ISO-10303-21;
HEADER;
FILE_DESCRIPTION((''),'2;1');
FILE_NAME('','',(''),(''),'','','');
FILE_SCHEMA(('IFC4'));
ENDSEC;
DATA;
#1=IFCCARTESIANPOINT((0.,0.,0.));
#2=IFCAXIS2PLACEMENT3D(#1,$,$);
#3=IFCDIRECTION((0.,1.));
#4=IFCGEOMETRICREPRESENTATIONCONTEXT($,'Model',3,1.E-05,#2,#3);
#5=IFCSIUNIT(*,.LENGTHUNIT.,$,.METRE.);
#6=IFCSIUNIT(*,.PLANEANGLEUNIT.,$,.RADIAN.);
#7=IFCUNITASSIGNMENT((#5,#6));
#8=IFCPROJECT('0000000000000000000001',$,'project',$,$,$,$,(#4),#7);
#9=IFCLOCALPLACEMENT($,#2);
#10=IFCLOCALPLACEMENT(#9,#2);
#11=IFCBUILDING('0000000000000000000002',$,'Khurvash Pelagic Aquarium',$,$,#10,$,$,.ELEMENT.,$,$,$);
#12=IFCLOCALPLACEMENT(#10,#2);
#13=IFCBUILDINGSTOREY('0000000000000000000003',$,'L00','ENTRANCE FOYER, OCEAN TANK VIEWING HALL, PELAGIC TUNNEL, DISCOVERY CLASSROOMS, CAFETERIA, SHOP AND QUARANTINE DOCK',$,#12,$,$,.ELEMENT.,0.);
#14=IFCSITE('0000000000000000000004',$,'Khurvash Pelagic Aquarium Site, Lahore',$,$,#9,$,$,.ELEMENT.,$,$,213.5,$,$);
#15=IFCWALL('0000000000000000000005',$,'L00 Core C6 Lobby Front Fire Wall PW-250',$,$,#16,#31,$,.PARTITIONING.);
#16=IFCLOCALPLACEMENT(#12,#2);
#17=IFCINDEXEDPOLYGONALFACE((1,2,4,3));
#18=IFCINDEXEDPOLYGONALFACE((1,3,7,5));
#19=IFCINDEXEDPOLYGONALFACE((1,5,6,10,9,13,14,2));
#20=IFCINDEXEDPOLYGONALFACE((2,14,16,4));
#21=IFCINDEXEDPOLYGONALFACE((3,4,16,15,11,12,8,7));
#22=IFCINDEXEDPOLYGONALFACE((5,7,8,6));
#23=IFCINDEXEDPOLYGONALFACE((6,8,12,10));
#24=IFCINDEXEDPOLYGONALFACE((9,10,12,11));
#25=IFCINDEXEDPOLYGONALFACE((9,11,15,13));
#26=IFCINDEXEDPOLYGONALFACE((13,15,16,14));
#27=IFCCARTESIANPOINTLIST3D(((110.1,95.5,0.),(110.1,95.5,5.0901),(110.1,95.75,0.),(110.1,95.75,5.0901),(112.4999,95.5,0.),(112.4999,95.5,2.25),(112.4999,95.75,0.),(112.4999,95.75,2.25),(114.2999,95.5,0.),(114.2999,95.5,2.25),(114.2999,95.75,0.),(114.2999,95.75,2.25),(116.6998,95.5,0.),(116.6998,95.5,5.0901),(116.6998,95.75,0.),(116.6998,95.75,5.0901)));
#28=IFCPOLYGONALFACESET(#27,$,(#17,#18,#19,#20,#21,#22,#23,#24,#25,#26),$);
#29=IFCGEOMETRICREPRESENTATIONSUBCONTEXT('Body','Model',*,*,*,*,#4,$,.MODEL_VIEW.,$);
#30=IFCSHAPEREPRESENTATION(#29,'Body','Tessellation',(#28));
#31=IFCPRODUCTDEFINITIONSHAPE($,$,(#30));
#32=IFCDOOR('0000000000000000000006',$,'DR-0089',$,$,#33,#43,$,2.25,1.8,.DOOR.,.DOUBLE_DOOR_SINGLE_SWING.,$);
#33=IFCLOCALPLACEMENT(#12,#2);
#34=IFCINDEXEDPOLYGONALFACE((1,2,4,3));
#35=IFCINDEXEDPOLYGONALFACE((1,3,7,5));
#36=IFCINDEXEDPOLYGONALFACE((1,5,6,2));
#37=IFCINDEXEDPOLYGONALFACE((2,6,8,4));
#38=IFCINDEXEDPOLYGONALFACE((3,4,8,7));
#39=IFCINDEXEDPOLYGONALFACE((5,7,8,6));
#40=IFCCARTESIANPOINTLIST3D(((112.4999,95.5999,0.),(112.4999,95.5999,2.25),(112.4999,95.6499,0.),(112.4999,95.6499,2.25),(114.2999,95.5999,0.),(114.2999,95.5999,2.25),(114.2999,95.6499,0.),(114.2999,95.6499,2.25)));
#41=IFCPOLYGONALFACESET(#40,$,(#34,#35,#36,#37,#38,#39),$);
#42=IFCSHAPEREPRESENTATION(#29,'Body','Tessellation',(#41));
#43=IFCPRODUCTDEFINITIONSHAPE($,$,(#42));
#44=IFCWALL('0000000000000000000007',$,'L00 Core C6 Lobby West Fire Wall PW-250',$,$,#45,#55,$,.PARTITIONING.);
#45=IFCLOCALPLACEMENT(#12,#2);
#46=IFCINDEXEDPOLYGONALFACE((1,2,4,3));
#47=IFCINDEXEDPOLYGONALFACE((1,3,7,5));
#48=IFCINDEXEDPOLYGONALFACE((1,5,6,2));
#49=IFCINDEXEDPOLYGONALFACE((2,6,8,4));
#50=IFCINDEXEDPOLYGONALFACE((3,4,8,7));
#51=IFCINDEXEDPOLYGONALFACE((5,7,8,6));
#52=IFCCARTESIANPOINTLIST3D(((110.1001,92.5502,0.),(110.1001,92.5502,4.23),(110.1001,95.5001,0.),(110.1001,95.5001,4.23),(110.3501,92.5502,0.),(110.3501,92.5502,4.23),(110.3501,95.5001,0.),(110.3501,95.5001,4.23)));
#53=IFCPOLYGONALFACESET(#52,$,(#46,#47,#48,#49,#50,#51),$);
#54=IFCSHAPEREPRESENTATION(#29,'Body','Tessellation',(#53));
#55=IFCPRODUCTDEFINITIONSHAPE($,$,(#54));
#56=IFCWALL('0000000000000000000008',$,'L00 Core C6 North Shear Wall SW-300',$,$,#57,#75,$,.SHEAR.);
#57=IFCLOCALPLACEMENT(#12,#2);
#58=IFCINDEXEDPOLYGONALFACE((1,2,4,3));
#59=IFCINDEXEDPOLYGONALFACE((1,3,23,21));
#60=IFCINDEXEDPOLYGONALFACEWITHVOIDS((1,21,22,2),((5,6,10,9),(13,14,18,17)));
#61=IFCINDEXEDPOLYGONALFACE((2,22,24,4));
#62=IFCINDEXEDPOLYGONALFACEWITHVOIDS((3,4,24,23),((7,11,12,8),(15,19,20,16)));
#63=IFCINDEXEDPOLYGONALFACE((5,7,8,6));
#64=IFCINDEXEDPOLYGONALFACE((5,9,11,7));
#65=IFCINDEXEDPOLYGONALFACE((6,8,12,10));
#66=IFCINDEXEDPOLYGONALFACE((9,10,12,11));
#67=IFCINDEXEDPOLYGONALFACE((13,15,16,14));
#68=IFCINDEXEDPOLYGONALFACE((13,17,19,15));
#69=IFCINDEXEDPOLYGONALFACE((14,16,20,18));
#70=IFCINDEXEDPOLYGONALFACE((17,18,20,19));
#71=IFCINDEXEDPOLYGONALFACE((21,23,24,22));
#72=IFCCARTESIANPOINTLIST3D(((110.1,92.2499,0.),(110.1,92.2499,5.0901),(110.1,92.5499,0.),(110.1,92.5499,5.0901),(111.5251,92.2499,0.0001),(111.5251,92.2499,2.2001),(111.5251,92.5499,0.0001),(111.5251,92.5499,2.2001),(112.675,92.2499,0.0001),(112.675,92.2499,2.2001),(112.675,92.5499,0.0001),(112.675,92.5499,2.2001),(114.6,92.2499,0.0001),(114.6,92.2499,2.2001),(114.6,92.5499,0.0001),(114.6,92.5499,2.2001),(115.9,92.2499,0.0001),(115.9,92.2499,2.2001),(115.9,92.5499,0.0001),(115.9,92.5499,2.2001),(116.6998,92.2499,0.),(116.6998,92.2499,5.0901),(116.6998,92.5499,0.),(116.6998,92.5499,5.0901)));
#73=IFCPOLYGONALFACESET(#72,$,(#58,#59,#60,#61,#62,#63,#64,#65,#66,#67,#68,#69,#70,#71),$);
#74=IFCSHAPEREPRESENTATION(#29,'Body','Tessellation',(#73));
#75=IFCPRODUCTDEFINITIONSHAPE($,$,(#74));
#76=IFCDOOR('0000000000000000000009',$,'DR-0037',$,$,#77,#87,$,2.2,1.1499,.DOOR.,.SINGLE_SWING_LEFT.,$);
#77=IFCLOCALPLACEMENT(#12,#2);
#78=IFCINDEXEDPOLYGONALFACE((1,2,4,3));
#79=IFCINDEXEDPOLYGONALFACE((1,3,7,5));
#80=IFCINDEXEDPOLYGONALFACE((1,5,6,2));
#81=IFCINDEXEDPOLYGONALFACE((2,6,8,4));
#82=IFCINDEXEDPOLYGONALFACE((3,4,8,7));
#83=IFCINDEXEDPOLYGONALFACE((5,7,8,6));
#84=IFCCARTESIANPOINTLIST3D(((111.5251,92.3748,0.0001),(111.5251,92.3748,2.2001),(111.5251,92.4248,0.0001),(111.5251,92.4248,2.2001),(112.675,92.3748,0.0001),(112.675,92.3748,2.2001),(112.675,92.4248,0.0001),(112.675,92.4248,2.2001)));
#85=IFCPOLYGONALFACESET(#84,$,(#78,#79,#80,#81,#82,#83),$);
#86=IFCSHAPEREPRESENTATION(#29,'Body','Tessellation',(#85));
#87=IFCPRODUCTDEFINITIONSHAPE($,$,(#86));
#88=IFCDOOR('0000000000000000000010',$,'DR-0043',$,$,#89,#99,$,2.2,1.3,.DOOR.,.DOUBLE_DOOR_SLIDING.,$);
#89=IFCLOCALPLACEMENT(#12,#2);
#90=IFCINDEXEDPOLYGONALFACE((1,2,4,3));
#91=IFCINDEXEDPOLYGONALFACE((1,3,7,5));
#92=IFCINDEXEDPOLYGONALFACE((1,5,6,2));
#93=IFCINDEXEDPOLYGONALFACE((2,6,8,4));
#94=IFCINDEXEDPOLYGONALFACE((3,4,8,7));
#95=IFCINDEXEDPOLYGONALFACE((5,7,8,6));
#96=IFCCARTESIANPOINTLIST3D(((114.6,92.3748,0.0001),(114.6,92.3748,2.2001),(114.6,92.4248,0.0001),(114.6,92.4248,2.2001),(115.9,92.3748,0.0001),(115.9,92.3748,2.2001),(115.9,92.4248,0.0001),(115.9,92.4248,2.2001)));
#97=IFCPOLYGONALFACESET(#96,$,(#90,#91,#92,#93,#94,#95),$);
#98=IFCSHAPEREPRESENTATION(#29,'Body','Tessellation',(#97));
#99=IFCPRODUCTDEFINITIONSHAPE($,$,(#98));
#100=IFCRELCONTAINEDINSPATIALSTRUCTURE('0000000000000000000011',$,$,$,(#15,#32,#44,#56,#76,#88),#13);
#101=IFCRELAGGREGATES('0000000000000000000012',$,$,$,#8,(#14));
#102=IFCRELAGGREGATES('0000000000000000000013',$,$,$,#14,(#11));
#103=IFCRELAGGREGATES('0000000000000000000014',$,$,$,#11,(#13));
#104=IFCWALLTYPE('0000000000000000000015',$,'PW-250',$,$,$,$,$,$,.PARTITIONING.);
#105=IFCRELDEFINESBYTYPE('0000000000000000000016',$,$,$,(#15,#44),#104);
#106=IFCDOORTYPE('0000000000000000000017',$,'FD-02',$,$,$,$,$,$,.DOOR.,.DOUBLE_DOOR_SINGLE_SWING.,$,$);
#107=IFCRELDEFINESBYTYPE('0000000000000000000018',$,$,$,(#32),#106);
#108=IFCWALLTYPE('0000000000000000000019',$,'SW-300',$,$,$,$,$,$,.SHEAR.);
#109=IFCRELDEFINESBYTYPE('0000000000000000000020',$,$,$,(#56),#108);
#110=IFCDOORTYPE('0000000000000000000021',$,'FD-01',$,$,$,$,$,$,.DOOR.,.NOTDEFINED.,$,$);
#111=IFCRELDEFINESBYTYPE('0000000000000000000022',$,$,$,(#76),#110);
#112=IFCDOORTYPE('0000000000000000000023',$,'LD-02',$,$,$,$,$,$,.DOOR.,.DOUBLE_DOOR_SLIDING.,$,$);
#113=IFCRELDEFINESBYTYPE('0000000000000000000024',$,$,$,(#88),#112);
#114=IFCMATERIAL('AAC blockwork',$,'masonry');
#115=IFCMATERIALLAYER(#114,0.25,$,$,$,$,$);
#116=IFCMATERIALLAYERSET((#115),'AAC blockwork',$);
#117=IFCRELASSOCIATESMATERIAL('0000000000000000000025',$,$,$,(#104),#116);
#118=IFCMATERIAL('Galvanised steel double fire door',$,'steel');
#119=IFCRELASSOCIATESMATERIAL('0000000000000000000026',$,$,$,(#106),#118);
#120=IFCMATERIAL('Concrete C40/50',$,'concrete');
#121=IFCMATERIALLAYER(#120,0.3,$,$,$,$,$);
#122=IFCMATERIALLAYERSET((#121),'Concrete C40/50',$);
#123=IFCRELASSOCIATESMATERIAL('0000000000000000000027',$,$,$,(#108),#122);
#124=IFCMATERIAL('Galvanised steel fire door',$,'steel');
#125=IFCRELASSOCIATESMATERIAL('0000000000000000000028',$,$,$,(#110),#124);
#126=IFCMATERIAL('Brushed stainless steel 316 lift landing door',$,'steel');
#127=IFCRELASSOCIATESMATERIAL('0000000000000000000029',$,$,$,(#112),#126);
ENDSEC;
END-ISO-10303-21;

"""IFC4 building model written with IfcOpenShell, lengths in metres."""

from ifc_helpers import new_model, si_unit, direction, frame, frame_2d, origin, place, context, subcontext, project, spatial, rectangle, extrude, material, layer, layer_set, type_object, element, fill, save


model = new_model("IFC4")

# Units and contexts
model_context = context("Model", 3, precision=1e-05, world=origin(), true_north=direction((0.0, 1.0)))
body_context = subcontext(model_context, "Body", "Model", "MODEL_VIEW")
ifc_project = project(units=[si_unit("LENGTHUNIT", "METRE"), si_unit("PLANEANGLEUNIT", "RADIAN")], contexts=[model_context])

# Site, building, storey
site_placement = place(None, origin())
site = spatial("IfcSite", under=ifc_project, at=site_placement, Name="Khurvash Pelagic Aquarium Site, Lahore", CompositionType="ELEMENT", RefElevation=213.5)
building_placement = place(site_placement, origin())
building = spatial("IfcBuilding", under=site, at=building_placement, Name="Khurvash Pelagic Aquarium", CompositionType="ELEMENT")
storey_placement = place(building_placement, origin())
storey = spatial("IfcBuildingStorey", under=building, at=storey_placement, Name="L00", Description="ENTRANCE FOYER, OCEAN TANK VIEWING HALL, PELAGIC TUNNEL, DISCOVERY CLASSROOMS, CAFETERIA, SHOP AND QUARANTINE DOCK", CompositionType="ELEMENT", Elevation=0.0)

# Shared definitions
ifc_material_1 = material(Name="Concrete C40/50", Category="concrete")

# Shared definitions
ifc_material_2 = material(Name="AAC blockwork", Category="masonry")

# Wall, opening, door
ifc_layer_1 = layer(ifc_material_2, 0.25)
ifc_layer_set_1 = layer_set([ifc_layer_1], Name="AAC blockwork")
wall_type_1 = type_object("IfcWallType", Name="PW-250", PredefinedType="PARTITIONING", material=ifc_layer_set_1)
wall_1_placement = place(storey_placement, frame((110.1001, 95.625, 0.0), z_axis=(0.0, 0.0, 1.0), x_axis=(1.0, 0.0, 0.0)))
wall_1 = element("IfcWall", 1, at=wall_1_placement, inside=storey, type_object=wall_type_1, Name="L00 Core C6 Lobby Front Fire Wall PW-250", PredefinedType="PARTITIONING", context=body_context, shape_type="SweptSolid", body=[
    extrude(rectangle(XDim=6.5999, YDim=0.25, at=frame_2d((3.2998, 0.0))), origin(), (0.0, 0.0, 1.0), 5.0901),
])
opening_1_placement = place(wall_1_placement, frame((2.3999, 0.0, 0.0)))
opening_1 = element("IfcOpeningElement", 2, at=opening_1_placement, cuts=wall_1, PredefinedType="OPENING", context=body_context, shape_type="SweptSolid", body=[
    extrude(rectangle(XDim=1.8, YDim=2.25, at=frame_2d((0.8999, 1.125))), frame((0.0, 0.135, 0.0), z_axis=(0.0, -1.0, 0.0), x_axis=(1.0, 0.0, 0.0)), (0.0, 0.0, 1.0), 0.27),
])
ifc_material_3 = material(Name="Galvanised steel double fire door", Category="steel")
door_type_1 = type_object("IfcDoorType", Name="FD-02", OperationType="DOUBLE_DOOR_SINGLE_SWING", PredefinedType="DOOR", material=ifc_material_3)
door_1_placement = place(opening_1_placement, origin())
door_1 = element("IfcDoor", 3, at=door_1_placement, inside=storey, type_object=door_type_1, Name="DR-0089", OperationType="DOUBLE_DOOR_SINGLE_SWING", OverallHeight=2.25, OverallWidth=1.8, PredefinedType="DOOR", context=body_context, shape_type="SweptSolid", body=[
    extrude(rectangle(XDim=1.8, YDim=2.25, at=frame_2d((0.8999, 1.125))), frame((0.0, 0.0249, 0.0), z_axis=(0.0, -1.0, 0.0), x_axis=(1.0, 0.0, 0.0)), (0.0, 0.0, 1.0), 0.05),
])
fill(opening_1, door_1)

# Wall
wall_2_placement = place(storey_placement, frame((110.2251, 92.55, 0.0), z_axis=(0.0, 0.0, 1.0), x_axis=(0.0, 1.0, 0.0)))
element("IfcWall", 4, at=wall_2_placement, inside=storey, type_object=wall_type_1, Name="L00 Core C6 Lobby West Fire Wall PW-250", PredefinedType="PARTITIONING", context=body_context, shape_type="SweptSolid", body=[
    extrude(rectangle(XDim=2.95, YDim=0.25, at=frame_2d((1.4751, 0.0))), origin(), (0.0, 0.0, 1.0), 4.23),
])

# Wall, openings, doors
ifc_layer_2 = layer(ifc_material_1, 0.3)
ifc_layer_set_2 = layer_set([ifc_layer_2], Name="Concrete C40/50")
wall_type_2 = type_object("IfcWallType", Name="SW-300", PredefinedType="SHEAR", material=ifc_layer_set_2)
wall_3_placement = place(storey_placement, frame((110.1001, 92.3999, 0.0), z_axis=(0.0, 0.0, 1.0), x_axis=(1.0, 0.0, 0.0)))
wall_3 = element("IfcWall", 5, at=wall_3_placement, inside=storey, type_object=wall_type_2, Name="L00 Core C6 North Shear Wall SW-300", PredefinedType="SHEAR", context=body_context, shape_type="SweptSolid", body=[
    extrude(rectangle(XDim=6.5999, YDim=0.3, at=frame_2d((3.2998, 0.0))), origin(), (0.0, 0.0, 1.0), 5.0901),
])
opening_2_placement = place(wall_3_placement, frame((1.425, 0.0, 0.0)))
opening_2 = element("IfcOpeningElement", 6, at=opening_2_placement, cuts=wall_3, PredefinedType="OPENING", context=body_context, shape_type="SweptSolid", body=[
    extrude(rectangle(XDim=1.1499, YDim=2.2, at=frame_2d((0.575, 1.1001))), frame((0.0, 0.1602, 0.0), z_axis=(0.0, -1.0, 0.0), x_axis=(1.0, 0.0, 0.0)), (0.0, 0.0, 1.0), 0.3201),
])
opening_3_placement = place(wall_3_placement, frame((4.5, 0.0, 0.0)))
opening_3 = element("IfcOpeningElement", 7, at=opening_3_placement, cuts=wall_3, PredefinedType="OPENING", context=body_context, shape_type="SweptSolid", body=[
    extrude(rectangle(XDim=1.3, YDim=2.2, at=frame_2d((0.6499, 1.1001))), frame((0.0, 0.1602, 0.0), z_axis=(0.0, -1.0, 0.0), x_axis=(1.0, 0.0, 0.0)), (0.0, 0.0, 1.0), 0.3201),
])
ifc_material_4 = material(Name="Galvanised steel fire door", Category="steel")
door_type_2 = type_object("IfcDoorType", Name="FD-01", OperationType="NOTDEFINED", PredefinedType="DOOR", material=ifc_material_4)
door_2_placement = place(opening_2_placement, origin())
door_2 = element("IfcDoor", 8, at=door_2_placement, inside=storey, type_object=door_type_2, Name="DR-0037", OperationType="SINGLE_SWING_LEFT", OverallHeight=2.2, OverallWidth=1.1499, PredefinedType="DOOR", context=body_context, shape_type="SweptSolid", body=[
    extrude(rectangle(XDim=1.1499, YDim=2.2, at=frame_2d((0.575, 1.1001))), frame((0.0, 0.0249, 0.0), z_axis=(0.0, -1.0, 0.0), x_axis=(1.0, 0.0, 0.0)), (0.0, 0.0, 1.0), 0.05),
])
fill(opening_2, door_2)
ifc_material_5 = material(Name="Brushed stainless steel 316 lift landing door", Category="steel")
door_type_3 = type_object("IfcDoorType", Name="LD-02", OperationType="DOUBLE_DOOR_SLIDING", PredefinedType="DOOR", material=ifc_material_5)
door_3_placement = place(opening_3_placement, origin())
door_3 = element("IfcDoor", 9, at=door_3_placement, inside=storey, type_object=door_type_3, Name="DR-0043", OperationType="DOUBLE_DOOR_SLIDING", OverallHeight=2.2, OverallWidth=1.3, PredefinedType="DOOR", context=body_context, shape_type="SweptSolid", body=[
    extrude(rectangle(XDim=1.3, YDim=2.2, at=frame_2d((0.6499, 1.1001))), frame((0.0, 0.0249, 0.0), z_axis=(0.0, -1.0, 0.0), x_axis=(1.0, 0.0, 0.0)), (0.0, 0.0, 1.0), 0.05),
])
fill(opening_3, door_3)

save(model, "model.ifc")
